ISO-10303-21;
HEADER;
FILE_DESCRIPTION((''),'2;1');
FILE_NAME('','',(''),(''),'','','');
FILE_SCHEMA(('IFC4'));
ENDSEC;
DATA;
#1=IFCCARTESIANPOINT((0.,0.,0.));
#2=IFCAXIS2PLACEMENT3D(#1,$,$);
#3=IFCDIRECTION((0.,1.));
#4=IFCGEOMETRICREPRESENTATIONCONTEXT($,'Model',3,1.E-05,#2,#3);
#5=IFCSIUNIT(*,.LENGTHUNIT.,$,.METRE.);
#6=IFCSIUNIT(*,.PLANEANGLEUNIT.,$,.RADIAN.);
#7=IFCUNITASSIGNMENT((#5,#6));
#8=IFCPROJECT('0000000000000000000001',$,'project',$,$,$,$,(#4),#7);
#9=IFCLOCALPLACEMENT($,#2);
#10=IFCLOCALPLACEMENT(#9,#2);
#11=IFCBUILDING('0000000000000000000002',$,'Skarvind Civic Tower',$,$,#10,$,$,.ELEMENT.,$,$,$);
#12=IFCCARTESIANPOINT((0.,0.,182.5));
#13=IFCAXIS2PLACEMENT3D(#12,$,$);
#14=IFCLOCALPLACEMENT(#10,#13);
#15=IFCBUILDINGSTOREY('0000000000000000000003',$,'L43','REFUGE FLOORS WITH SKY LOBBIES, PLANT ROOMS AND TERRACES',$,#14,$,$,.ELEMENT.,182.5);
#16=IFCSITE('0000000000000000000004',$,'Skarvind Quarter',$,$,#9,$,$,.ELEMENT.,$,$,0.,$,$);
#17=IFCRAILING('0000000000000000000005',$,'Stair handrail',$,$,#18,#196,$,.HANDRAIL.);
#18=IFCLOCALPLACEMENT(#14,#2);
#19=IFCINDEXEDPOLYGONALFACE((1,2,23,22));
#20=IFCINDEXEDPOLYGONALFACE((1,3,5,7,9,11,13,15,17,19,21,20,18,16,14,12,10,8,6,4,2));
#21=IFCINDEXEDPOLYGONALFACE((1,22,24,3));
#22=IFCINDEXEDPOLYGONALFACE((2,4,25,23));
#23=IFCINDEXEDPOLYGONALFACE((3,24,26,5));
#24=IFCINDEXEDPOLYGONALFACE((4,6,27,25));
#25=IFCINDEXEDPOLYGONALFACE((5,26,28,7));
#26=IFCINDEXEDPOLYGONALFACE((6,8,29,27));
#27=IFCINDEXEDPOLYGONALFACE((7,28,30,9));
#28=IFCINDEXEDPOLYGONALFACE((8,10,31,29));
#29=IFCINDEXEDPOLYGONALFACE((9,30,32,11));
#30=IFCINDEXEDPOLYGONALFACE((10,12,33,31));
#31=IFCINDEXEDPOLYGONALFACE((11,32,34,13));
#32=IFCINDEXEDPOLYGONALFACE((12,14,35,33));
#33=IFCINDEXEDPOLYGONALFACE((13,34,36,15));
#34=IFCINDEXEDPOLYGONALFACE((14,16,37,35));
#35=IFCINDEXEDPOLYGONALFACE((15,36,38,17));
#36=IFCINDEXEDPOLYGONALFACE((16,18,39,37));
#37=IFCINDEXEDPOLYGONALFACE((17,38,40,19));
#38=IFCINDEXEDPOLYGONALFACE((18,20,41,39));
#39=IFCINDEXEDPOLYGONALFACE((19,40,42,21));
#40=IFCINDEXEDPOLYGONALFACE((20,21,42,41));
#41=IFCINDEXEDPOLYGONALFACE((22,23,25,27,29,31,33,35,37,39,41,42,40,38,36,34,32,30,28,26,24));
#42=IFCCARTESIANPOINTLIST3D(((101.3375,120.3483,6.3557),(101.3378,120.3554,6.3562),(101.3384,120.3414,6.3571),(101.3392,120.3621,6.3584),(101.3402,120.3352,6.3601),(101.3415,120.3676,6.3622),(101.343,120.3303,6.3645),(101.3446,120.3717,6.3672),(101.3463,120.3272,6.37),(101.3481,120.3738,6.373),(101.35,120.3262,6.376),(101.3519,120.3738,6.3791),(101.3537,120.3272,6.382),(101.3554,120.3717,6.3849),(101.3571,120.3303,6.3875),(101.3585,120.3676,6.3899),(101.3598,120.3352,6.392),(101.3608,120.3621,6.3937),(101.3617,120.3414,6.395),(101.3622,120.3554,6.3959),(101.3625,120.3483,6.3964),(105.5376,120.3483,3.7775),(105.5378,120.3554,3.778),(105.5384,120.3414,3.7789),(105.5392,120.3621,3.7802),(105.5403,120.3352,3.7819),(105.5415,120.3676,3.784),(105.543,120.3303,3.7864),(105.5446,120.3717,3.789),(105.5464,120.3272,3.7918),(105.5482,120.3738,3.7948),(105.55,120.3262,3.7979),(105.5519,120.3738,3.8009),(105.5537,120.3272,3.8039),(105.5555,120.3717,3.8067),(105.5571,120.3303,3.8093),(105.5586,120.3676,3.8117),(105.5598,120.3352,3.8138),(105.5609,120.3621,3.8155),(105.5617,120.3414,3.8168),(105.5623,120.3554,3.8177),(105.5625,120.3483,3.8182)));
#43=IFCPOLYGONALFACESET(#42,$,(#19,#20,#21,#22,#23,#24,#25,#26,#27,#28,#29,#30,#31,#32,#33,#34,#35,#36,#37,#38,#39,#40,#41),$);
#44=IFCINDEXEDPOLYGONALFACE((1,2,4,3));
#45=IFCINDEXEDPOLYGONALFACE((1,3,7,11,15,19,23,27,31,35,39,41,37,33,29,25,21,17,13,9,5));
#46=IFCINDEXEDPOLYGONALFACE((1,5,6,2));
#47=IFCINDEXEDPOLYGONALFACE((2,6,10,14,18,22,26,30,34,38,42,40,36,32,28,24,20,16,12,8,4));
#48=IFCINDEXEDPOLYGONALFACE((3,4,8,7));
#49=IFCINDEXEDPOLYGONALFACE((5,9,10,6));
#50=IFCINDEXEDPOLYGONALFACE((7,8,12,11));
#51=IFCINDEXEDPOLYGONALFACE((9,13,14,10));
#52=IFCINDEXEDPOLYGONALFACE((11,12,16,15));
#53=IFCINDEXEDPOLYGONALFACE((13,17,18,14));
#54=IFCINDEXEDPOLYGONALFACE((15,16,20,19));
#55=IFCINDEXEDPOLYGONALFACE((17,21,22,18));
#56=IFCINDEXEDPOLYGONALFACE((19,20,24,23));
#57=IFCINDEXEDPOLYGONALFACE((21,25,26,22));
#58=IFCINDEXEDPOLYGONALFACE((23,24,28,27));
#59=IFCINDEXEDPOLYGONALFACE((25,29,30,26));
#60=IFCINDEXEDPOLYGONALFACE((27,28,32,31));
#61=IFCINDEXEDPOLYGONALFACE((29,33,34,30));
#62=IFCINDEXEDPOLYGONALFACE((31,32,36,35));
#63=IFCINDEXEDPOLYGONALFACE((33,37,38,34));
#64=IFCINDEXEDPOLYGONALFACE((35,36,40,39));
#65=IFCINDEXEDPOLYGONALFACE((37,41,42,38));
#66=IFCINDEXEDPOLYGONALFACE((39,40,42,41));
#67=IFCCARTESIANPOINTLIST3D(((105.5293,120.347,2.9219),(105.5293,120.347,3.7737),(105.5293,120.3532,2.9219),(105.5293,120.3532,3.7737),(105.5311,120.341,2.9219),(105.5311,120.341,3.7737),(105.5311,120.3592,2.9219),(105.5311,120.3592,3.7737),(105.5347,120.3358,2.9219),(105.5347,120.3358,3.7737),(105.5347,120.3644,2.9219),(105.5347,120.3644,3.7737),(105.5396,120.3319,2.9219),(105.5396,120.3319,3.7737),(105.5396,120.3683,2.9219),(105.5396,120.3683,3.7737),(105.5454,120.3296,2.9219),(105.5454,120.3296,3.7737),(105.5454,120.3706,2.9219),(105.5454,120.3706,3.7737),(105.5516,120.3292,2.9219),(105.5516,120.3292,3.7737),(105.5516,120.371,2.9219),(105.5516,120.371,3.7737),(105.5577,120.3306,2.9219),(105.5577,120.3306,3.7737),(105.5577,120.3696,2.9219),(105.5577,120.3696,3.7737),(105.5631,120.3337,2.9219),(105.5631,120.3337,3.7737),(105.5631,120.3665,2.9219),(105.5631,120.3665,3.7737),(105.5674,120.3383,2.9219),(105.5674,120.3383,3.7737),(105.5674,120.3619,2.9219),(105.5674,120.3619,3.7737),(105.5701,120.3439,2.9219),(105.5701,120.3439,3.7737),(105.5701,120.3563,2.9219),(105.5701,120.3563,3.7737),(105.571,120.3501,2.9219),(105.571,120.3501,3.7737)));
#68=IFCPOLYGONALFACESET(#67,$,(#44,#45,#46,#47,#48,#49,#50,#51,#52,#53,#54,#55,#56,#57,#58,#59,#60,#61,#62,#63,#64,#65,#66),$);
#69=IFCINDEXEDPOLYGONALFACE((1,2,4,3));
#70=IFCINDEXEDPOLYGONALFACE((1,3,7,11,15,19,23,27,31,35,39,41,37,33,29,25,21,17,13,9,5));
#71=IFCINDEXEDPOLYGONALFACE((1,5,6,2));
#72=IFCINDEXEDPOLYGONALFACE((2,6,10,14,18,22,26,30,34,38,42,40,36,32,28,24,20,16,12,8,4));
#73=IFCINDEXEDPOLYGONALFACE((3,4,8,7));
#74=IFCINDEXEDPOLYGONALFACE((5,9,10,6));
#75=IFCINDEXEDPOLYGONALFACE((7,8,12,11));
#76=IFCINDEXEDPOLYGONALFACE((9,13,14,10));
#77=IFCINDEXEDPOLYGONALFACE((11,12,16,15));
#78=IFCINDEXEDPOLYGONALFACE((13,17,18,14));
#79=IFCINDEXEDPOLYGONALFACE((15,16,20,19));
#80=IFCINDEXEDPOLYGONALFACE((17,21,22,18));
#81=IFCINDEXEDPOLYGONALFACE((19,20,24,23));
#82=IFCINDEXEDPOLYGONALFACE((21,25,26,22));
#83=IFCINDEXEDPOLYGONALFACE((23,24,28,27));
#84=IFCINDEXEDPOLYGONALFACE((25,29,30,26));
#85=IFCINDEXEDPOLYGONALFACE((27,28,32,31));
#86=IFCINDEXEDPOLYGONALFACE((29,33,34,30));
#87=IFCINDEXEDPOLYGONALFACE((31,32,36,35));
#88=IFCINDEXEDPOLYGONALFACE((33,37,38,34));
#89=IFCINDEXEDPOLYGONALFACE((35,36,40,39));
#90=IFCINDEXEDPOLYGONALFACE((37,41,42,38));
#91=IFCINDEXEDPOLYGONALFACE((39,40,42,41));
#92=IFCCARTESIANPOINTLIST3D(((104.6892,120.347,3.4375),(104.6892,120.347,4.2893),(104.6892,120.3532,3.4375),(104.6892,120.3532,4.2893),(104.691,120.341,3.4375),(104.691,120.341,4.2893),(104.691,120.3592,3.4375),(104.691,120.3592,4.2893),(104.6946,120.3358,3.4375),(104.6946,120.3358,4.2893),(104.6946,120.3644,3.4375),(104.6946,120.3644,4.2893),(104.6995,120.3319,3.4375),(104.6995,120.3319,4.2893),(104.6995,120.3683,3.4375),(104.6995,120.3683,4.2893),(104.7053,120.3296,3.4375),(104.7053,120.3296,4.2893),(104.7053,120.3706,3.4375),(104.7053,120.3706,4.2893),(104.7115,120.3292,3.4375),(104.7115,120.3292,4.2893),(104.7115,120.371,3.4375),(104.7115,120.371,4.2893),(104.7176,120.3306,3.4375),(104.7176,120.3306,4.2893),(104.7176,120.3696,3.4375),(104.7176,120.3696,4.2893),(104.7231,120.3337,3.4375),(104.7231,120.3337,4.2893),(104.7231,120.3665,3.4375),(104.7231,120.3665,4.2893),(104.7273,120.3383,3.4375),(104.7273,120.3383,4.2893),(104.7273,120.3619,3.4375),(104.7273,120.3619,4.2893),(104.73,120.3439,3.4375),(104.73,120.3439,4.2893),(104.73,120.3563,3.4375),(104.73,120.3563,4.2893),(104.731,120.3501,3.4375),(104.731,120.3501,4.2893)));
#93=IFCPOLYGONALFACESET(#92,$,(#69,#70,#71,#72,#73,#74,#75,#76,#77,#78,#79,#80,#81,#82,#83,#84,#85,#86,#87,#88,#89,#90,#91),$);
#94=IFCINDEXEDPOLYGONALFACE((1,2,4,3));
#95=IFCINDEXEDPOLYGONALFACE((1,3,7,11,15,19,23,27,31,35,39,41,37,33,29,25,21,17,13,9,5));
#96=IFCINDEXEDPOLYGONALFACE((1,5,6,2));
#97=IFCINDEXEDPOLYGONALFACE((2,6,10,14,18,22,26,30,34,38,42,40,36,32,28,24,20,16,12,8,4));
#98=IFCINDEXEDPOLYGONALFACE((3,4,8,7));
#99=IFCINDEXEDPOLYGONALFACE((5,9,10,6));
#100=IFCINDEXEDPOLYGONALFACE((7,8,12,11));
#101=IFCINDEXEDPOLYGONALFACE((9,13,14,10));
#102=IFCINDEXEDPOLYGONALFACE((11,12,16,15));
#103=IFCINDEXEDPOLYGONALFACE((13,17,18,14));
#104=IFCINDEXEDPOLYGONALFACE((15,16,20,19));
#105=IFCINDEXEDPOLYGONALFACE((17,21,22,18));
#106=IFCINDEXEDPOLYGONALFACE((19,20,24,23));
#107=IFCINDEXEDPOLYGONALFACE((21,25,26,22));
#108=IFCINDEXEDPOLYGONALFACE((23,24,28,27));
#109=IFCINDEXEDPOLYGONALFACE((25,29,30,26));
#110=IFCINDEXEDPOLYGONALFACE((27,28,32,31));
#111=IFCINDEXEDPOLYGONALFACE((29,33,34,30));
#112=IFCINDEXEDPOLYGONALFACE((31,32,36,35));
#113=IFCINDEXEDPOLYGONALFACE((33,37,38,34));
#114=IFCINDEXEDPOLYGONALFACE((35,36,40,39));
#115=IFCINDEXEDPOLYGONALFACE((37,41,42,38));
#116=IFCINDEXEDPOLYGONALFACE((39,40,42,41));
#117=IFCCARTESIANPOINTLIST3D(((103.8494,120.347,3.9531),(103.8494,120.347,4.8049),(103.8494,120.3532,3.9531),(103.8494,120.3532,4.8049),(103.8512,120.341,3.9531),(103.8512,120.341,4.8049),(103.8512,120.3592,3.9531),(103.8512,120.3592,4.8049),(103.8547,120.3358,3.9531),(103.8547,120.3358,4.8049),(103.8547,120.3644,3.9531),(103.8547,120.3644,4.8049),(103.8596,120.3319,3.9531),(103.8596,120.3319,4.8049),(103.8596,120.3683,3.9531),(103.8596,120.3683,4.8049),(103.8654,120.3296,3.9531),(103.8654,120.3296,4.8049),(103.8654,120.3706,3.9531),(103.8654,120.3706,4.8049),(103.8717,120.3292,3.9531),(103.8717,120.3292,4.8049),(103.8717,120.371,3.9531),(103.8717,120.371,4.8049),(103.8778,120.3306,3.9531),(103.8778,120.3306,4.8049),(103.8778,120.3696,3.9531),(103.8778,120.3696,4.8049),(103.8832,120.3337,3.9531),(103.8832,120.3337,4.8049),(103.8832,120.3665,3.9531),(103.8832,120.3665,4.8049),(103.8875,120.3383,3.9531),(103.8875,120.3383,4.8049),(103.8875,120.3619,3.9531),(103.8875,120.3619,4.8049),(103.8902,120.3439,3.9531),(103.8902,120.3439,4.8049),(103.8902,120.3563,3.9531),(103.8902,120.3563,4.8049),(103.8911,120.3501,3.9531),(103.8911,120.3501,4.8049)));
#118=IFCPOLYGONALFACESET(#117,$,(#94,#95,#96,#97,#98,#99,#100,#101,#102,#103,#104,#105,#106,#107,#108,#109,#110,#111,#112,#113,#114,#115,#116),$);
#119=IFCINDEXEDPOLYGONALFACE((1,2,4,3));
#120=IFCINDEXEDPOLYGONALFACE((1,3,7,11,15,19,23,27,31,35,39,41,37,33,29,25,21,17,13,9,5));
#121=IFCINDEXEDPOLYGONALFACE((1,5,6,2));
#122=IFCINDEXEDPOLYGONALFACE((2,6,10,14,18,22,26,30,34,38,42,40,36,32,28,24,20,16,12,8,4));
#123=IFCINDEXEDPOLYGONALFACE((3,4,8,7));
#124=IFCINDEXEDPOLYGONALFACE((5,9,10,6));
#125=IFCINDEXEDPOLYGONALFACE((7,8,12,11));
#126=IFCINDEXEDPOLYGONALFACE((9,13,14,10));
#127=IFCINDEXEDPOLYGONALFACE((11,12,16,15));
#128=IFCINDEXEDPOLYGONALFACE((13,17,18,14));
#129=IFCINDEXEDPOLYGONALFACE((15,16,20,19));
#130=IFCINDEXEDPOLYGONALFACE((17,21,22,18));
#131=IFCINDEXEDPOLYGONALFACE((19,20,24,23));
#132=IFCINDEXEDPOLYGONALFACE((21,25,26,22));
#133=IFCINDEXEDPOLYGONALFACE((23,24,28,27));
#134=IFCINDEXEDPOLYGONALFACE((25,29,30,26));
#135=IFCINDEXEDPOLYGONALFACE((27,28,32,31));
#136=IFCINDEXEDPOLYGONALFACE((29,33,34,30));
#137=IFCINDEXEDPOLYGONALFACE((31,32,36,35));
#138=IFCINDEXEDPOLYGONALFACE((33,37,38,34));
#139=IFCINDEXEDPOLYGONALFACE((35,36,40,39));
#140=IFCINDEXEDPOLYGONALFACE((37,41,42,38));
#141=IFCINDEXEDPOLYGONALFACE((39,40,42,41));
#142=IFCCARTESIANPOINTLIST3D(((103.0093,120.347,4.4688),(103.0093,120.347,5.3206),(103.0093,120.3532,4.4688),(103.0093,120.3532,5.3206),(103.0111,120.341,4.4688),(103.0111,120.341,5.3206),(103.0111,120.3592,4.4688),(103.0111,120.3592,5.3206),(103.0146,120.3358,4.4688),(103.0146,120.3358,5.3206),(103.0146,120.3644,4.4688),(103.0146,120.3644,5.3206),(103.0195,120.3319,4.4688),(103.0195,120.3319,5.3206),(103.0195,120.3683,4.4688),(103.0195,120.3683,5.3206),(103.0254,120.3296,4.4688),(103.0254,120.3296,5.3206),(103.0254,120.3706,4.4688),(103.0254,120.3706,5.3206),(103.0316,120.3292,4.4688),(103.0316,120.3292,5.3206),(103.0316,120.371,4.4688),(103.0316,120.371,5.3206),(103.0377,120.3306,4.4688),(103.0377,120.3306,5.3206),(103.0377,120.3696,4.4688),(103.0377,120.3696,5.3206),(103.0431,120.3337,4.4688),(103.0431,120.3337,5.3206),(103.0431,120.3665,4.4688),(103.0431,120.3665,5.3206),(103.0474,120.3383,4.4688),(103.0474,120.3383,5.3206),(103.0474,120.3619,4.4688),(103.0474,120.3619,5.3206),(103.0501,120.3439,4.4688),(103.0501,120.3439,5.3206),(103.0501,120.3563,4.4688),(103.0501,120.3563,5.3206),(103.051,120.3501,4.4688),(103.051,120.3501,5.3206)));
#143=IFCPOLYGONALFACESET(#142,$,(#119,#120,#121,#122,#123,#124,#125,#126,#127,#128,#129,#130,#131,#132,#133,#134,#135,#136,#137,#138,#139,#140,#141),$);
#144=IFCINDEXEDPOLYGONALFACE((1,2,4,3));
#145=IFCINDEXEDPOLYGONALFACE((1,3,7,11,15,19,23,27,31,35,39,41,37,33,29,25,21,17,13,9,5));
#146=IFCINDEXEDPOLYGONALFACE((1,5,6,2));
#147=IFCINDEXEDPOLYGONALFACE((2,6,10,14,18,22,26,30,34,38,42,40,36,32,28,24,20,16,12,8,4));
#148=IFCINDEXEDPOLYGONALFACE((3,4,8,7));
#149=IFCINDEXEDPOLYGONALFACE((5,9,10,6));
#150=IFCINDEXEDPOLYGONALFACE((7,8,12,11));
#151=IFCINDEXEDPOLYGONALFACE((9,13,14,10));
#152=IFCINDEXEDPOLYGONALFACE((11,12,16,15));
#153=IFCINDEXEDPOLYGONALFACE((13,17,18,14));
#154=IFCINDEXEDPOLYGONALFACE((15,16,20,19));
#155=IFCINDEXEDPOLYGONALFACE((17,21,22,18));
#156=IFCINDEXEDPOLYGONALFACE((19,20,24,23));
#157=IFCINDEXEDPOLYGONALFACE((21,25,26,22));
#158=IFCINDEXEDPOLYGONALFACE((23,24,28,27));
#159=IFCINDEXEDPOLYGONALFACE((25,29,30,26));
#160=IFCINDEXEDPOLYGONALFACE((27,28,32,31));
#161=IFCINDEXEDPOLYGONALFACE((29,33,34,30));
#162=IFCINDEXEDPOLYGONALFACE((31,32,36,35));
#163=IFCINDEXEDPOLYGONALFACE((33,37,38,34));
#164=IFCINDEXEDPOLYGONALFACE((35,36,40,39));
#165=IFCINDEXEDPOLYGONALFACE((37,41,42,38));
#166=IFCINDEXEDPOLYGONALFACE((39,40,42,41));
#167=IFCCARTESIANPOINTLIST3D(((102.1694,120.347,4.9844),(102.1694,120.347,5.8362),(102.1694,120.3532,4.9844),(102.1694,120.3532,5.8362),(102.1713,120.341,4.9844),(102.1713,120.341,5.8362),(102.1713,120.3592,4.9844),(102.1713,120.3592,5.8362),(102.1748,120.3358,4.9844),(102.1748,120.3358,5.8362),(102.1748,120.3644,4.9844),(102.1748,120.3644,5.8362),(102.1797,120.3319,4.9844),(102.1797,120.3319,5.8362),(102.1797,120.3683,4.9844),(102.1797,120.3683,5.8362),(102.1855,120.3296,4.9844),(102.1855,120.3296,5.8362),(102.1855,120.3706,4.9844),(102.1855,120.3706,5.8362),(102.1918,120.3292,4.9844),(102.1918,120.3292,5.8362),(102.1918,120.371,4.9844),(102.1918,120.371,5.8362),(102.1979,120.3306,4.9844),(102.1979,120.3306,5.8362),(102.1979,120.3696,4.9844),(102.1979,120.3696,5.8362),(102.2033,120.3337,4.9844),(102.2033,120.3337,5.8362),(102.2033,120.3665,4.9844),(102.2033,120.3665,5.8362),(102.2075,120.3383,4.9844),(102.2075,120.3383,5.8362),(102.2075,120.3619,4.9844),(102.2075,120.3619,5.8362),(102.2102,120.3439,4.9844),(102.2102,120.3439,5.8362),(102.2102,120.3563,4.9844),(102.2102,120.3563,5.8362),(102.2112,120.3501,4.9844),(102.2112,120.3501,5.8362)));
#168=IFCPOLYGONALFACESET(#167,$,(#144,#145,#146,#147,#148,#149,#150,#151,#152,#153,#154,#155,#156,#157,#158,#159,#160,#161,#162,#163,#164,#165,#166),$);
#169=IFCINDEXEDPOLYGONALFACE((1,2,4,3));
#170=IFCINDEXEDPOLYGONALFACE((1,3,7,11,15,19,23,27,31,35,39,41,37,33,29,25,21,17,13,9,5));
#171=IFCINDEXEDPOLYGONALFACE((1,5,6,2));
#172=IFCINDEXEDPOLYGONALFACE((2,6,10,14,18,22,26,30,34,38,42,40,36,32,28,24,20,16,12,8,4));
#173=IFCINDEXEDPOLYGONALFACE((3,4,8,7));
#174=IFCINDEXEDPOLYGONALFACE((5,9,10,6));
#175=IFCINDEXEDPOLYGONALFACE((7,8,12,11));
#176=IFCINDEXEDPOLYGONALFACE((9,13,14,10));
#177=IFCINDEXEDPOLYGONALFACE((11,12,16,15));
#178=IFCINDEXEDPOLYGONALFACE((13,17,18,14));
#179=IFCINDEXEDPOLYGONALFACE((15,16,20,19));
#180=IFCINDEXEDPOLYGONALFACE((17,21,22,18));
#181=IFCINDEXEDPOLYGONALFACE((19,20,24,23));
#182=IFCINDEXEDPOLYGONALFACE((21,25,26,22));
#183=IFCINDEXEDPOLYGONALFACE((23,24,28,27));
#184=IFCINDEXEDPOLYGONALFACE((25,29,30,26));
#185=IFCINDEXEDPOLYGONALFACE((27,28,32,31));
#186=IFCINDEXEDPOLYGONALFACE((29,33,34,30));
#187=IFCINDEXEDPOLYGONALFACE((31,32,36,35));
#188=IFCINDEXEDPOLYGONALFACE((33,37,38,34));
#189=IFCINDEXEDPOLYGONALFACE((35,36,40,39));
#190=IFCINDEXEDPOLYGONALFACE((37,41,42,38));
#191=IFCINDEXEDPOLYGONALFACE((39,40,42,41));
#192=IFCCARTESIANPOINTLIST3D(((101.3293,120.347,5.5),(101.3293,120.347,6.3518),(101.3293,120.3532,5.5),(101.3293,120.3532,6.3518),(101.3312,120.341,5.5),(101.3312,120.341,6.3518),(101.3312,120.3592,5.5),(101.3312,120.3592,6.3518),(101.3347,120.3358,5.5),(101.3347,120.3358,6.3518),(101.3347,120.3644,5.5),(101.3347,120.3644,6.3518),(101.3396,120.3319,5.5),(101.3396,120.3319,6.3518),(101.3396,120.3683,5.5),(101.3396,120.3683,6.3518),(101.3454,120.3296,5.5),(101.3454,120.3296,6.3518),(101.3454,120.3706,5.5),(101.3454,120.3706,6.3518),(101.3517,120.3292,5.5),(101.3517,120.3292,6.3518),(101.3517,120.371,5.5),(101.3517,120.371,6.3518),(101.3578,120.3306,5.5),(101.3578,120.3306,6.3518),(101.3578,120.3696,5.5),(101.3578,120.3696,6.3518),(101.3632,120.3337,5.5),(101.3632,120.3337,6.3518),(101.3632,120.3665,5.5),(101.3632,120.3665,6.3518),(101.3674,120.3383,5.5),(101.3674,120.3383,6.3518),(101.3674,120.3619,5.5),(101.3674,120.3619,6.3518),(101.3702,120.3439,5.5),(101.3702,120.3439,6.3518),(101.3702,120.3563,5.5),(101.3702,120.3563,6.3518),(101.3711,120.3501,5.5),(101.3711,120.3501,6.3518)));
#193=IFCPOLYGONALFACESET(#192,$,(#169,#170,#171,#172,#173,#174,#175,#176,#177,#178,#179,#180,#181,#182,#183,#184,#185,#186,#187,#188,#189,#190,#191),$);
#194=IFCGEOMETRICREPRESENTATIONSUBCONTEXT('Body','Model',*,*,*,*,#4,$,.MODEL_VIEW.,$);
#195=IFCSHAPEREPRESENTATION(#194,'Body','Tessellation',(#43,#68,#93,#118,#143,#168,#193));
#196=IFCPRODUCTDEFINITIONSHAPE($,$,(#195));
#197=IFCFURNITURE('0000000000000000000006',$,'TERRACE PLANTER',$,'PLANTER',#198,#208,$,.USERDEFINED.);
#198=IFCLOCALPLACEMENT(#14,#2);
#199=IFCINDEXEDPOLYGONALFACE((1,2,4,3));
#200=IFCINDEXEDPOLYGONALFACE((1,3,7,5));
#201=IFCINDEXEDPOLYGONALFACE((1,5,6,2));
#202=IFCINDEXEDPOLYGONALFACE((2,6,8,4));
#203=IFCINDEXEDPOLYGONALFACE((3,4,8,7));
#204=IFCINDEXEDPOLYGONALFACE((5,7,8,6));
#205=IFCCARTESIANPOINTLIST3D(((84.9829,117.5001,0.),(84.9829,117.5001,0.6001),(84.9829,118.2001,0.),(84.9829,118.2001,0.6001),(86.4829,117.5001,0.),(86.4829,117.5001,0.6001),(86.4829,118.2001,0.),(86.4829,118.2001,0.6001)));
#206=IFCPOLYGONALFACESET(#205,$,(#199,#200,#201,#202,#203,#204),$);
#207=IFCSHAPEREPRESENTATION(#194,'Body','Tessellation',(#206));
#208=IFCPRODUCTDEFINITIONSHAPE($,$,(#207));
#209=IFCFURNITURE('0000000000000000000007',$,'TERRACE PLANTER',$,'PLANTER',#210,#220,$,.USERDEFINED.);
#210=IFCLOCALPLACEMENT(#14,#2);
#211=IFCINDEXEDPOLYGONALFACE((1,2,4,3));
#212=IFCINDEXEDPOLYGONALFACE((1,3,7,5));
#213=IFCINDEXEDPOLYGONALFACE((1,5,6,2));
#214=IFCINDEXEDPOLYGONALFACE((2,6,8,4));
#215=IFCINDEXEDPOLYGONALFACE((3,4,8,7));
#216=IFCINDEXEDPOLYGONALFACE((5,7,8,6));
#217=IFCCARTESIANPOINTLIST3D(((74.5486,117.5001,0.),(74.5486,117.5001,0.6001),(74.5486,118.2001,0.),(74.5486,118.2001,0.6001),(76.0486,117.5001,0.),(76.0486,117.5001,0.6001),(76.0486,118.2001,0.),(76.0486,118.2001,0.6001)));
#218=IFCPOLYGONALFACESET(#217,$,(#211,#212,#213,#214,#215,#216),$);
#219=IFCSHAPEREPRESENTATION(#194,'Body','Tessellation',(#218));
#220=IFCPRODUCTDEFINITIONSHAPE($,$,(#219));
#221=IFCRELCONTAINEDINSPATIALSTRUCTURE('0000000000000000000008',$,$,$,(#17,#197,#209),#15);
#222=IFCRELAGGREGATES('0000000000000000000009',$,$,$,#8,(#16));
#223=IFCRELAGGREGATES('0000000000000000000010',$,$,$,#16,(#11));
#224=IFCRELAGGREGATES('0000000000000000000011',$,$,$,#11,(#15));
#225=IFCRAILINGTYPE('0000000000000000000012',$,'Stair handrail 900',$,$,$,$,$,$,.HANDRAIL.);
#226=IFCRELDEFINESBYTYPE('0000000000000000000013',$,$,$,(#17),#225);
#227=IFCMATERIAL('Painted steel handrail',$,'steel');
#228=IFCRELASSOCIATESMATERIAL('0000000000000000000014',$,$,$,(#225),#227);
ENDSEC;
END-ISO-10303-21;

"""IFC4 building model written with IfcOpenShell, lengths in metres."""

from ifc_helpers import new_model, si_unit, direction, frame, origin, origin_2d, place, context, subcontext, project, spatial, rectangle, circle, extrude, material, type_object, element, save


model = new_model("IFC4")

# Units and contexts
model_context = context("Model", 3, precision=1e-05, world=origin(), true_north=direction((0.0, 1.0)))
body_context = subcontext(model_context, "Body", "Model", "MODEL_VIEW")
ifc_project = project(units=[si_unit("LENGTHUNIT", "METRE"), si_unit("PLANEANGLEUNIT", "RADIAN")], contexts=[model_context])

# Site, building, storey
site_placement = place(None, origin())
site = spatial("IfcSite", under=ifc_project, at=site_placement, Name="Skarvind Quarter", CompositionType="ELEMENT", RefElevation=0.0)
building_placement = place(site_placement, origin())
building = spatial("IfcBuilding", under=site, at=building_placement, Name="Skarvind Civic Tower", CompositionType="ELEMENT")
storey_placement = place(building_placement, frame((0.0, 0.0, 182.5)))
storey = spatial("IfcBuildingStorey", under=building, at=storey_placement, Name="L43", Description="REFUGE FLOORS WITH SKY LOBBIES, PLANT ROOMS AND TERRACES", CompositionType="ELEMENT", Elevation=182.5)

# Railing
ifc_material_1 = material(Name="Painted steel handrail", Category="steel")
railing_type_1 = type_object("IfcRailingType", Name="Stair handrail 900", PredefinedType="HANDRAIL", material=ifc_material_1)
railing_1_placement = place(storey_placement, frame((105.55, 120.3501, 2.9219)))
element("IfcRailing", 1, at=railing_1_placement, inside=storey, type_object=railing_type_1, Name="Stair handrail", PredefinedType="HANDRAIL", context=body_context, shape_type="SweptSolid", body=[
    extrude(circle(Radius=0.0239, at=origin_2d()), frame((0.0, 0.0, 0.876), z_axis=(-0.852243, 0.0, 0.523146), x_axis=(0.0, -1.0, 0.0)), (0.0, 0.0, 1.0), 4.9282),
    extrude(circle(Radius=0.021, at=origin_2d()), origin(), (0.0, 0.0, 1.0), 0.8518),
    extrude(circle(Radius=0.021, at=origin_2d()), frame((-0.8401, 0.0, 0.5156)), (0.0, 0.0, 1.0), 0.8518),
    extrude(circle(Radius=0.021, at=origin_2d()), frame((-1.6799, 0.0, 1.0312)), (0.0, 0.0, 1.0), 0.8518),
    extrude(circle(Radius=0.021, at=origin_2d()), frame((-2.52, 0.0, 1.5469)), (0.0, 0.0, 1.0), 0.8518),
    extrude(circle(Radius=0.021, at=origin_2d()), frame((-3.3599, 0.0, 2.0625)), (0.0, 0.0, 1.0), 0.8518),
    extrude(circle(Radius=0.021, at=origin_2d()), frame((-4.2, 0.0, 2.5781)), (0.0, 0.0, 1.0), 0.8518),
])

# Furniture
for number, where, z_axis, x_axis, name in (
    (2, (85.7329, 117.8501, 0.0), (0.0, 0.0, 1.0), (-1.0, 0.0, 0.0), "TERRACE PLANTER"),
    (3, (75.2986, 117.8501, 0.0), (0.0, 0.0, 1.0), (-1.0, 0.0, 0.0), "TERRACE PLANTER"),
):
    element("IfcFurniture", number, at=place(storey_placement, frame(where, z_axis=z_axis, x_axis=x_axis)), inside=storey, Name=name, ObjectType="PLANTER", PredefinedType="USERDEFINED", context=body_context, shape_type="SweptSolid", body=[
        extrude(rectangle(XDim=1.5, YDim=0.7, at=origin_2d()), origin(), (0.0, 0.0, 1.0), 0.6001),
    ])

save(model, "model.ifc")
